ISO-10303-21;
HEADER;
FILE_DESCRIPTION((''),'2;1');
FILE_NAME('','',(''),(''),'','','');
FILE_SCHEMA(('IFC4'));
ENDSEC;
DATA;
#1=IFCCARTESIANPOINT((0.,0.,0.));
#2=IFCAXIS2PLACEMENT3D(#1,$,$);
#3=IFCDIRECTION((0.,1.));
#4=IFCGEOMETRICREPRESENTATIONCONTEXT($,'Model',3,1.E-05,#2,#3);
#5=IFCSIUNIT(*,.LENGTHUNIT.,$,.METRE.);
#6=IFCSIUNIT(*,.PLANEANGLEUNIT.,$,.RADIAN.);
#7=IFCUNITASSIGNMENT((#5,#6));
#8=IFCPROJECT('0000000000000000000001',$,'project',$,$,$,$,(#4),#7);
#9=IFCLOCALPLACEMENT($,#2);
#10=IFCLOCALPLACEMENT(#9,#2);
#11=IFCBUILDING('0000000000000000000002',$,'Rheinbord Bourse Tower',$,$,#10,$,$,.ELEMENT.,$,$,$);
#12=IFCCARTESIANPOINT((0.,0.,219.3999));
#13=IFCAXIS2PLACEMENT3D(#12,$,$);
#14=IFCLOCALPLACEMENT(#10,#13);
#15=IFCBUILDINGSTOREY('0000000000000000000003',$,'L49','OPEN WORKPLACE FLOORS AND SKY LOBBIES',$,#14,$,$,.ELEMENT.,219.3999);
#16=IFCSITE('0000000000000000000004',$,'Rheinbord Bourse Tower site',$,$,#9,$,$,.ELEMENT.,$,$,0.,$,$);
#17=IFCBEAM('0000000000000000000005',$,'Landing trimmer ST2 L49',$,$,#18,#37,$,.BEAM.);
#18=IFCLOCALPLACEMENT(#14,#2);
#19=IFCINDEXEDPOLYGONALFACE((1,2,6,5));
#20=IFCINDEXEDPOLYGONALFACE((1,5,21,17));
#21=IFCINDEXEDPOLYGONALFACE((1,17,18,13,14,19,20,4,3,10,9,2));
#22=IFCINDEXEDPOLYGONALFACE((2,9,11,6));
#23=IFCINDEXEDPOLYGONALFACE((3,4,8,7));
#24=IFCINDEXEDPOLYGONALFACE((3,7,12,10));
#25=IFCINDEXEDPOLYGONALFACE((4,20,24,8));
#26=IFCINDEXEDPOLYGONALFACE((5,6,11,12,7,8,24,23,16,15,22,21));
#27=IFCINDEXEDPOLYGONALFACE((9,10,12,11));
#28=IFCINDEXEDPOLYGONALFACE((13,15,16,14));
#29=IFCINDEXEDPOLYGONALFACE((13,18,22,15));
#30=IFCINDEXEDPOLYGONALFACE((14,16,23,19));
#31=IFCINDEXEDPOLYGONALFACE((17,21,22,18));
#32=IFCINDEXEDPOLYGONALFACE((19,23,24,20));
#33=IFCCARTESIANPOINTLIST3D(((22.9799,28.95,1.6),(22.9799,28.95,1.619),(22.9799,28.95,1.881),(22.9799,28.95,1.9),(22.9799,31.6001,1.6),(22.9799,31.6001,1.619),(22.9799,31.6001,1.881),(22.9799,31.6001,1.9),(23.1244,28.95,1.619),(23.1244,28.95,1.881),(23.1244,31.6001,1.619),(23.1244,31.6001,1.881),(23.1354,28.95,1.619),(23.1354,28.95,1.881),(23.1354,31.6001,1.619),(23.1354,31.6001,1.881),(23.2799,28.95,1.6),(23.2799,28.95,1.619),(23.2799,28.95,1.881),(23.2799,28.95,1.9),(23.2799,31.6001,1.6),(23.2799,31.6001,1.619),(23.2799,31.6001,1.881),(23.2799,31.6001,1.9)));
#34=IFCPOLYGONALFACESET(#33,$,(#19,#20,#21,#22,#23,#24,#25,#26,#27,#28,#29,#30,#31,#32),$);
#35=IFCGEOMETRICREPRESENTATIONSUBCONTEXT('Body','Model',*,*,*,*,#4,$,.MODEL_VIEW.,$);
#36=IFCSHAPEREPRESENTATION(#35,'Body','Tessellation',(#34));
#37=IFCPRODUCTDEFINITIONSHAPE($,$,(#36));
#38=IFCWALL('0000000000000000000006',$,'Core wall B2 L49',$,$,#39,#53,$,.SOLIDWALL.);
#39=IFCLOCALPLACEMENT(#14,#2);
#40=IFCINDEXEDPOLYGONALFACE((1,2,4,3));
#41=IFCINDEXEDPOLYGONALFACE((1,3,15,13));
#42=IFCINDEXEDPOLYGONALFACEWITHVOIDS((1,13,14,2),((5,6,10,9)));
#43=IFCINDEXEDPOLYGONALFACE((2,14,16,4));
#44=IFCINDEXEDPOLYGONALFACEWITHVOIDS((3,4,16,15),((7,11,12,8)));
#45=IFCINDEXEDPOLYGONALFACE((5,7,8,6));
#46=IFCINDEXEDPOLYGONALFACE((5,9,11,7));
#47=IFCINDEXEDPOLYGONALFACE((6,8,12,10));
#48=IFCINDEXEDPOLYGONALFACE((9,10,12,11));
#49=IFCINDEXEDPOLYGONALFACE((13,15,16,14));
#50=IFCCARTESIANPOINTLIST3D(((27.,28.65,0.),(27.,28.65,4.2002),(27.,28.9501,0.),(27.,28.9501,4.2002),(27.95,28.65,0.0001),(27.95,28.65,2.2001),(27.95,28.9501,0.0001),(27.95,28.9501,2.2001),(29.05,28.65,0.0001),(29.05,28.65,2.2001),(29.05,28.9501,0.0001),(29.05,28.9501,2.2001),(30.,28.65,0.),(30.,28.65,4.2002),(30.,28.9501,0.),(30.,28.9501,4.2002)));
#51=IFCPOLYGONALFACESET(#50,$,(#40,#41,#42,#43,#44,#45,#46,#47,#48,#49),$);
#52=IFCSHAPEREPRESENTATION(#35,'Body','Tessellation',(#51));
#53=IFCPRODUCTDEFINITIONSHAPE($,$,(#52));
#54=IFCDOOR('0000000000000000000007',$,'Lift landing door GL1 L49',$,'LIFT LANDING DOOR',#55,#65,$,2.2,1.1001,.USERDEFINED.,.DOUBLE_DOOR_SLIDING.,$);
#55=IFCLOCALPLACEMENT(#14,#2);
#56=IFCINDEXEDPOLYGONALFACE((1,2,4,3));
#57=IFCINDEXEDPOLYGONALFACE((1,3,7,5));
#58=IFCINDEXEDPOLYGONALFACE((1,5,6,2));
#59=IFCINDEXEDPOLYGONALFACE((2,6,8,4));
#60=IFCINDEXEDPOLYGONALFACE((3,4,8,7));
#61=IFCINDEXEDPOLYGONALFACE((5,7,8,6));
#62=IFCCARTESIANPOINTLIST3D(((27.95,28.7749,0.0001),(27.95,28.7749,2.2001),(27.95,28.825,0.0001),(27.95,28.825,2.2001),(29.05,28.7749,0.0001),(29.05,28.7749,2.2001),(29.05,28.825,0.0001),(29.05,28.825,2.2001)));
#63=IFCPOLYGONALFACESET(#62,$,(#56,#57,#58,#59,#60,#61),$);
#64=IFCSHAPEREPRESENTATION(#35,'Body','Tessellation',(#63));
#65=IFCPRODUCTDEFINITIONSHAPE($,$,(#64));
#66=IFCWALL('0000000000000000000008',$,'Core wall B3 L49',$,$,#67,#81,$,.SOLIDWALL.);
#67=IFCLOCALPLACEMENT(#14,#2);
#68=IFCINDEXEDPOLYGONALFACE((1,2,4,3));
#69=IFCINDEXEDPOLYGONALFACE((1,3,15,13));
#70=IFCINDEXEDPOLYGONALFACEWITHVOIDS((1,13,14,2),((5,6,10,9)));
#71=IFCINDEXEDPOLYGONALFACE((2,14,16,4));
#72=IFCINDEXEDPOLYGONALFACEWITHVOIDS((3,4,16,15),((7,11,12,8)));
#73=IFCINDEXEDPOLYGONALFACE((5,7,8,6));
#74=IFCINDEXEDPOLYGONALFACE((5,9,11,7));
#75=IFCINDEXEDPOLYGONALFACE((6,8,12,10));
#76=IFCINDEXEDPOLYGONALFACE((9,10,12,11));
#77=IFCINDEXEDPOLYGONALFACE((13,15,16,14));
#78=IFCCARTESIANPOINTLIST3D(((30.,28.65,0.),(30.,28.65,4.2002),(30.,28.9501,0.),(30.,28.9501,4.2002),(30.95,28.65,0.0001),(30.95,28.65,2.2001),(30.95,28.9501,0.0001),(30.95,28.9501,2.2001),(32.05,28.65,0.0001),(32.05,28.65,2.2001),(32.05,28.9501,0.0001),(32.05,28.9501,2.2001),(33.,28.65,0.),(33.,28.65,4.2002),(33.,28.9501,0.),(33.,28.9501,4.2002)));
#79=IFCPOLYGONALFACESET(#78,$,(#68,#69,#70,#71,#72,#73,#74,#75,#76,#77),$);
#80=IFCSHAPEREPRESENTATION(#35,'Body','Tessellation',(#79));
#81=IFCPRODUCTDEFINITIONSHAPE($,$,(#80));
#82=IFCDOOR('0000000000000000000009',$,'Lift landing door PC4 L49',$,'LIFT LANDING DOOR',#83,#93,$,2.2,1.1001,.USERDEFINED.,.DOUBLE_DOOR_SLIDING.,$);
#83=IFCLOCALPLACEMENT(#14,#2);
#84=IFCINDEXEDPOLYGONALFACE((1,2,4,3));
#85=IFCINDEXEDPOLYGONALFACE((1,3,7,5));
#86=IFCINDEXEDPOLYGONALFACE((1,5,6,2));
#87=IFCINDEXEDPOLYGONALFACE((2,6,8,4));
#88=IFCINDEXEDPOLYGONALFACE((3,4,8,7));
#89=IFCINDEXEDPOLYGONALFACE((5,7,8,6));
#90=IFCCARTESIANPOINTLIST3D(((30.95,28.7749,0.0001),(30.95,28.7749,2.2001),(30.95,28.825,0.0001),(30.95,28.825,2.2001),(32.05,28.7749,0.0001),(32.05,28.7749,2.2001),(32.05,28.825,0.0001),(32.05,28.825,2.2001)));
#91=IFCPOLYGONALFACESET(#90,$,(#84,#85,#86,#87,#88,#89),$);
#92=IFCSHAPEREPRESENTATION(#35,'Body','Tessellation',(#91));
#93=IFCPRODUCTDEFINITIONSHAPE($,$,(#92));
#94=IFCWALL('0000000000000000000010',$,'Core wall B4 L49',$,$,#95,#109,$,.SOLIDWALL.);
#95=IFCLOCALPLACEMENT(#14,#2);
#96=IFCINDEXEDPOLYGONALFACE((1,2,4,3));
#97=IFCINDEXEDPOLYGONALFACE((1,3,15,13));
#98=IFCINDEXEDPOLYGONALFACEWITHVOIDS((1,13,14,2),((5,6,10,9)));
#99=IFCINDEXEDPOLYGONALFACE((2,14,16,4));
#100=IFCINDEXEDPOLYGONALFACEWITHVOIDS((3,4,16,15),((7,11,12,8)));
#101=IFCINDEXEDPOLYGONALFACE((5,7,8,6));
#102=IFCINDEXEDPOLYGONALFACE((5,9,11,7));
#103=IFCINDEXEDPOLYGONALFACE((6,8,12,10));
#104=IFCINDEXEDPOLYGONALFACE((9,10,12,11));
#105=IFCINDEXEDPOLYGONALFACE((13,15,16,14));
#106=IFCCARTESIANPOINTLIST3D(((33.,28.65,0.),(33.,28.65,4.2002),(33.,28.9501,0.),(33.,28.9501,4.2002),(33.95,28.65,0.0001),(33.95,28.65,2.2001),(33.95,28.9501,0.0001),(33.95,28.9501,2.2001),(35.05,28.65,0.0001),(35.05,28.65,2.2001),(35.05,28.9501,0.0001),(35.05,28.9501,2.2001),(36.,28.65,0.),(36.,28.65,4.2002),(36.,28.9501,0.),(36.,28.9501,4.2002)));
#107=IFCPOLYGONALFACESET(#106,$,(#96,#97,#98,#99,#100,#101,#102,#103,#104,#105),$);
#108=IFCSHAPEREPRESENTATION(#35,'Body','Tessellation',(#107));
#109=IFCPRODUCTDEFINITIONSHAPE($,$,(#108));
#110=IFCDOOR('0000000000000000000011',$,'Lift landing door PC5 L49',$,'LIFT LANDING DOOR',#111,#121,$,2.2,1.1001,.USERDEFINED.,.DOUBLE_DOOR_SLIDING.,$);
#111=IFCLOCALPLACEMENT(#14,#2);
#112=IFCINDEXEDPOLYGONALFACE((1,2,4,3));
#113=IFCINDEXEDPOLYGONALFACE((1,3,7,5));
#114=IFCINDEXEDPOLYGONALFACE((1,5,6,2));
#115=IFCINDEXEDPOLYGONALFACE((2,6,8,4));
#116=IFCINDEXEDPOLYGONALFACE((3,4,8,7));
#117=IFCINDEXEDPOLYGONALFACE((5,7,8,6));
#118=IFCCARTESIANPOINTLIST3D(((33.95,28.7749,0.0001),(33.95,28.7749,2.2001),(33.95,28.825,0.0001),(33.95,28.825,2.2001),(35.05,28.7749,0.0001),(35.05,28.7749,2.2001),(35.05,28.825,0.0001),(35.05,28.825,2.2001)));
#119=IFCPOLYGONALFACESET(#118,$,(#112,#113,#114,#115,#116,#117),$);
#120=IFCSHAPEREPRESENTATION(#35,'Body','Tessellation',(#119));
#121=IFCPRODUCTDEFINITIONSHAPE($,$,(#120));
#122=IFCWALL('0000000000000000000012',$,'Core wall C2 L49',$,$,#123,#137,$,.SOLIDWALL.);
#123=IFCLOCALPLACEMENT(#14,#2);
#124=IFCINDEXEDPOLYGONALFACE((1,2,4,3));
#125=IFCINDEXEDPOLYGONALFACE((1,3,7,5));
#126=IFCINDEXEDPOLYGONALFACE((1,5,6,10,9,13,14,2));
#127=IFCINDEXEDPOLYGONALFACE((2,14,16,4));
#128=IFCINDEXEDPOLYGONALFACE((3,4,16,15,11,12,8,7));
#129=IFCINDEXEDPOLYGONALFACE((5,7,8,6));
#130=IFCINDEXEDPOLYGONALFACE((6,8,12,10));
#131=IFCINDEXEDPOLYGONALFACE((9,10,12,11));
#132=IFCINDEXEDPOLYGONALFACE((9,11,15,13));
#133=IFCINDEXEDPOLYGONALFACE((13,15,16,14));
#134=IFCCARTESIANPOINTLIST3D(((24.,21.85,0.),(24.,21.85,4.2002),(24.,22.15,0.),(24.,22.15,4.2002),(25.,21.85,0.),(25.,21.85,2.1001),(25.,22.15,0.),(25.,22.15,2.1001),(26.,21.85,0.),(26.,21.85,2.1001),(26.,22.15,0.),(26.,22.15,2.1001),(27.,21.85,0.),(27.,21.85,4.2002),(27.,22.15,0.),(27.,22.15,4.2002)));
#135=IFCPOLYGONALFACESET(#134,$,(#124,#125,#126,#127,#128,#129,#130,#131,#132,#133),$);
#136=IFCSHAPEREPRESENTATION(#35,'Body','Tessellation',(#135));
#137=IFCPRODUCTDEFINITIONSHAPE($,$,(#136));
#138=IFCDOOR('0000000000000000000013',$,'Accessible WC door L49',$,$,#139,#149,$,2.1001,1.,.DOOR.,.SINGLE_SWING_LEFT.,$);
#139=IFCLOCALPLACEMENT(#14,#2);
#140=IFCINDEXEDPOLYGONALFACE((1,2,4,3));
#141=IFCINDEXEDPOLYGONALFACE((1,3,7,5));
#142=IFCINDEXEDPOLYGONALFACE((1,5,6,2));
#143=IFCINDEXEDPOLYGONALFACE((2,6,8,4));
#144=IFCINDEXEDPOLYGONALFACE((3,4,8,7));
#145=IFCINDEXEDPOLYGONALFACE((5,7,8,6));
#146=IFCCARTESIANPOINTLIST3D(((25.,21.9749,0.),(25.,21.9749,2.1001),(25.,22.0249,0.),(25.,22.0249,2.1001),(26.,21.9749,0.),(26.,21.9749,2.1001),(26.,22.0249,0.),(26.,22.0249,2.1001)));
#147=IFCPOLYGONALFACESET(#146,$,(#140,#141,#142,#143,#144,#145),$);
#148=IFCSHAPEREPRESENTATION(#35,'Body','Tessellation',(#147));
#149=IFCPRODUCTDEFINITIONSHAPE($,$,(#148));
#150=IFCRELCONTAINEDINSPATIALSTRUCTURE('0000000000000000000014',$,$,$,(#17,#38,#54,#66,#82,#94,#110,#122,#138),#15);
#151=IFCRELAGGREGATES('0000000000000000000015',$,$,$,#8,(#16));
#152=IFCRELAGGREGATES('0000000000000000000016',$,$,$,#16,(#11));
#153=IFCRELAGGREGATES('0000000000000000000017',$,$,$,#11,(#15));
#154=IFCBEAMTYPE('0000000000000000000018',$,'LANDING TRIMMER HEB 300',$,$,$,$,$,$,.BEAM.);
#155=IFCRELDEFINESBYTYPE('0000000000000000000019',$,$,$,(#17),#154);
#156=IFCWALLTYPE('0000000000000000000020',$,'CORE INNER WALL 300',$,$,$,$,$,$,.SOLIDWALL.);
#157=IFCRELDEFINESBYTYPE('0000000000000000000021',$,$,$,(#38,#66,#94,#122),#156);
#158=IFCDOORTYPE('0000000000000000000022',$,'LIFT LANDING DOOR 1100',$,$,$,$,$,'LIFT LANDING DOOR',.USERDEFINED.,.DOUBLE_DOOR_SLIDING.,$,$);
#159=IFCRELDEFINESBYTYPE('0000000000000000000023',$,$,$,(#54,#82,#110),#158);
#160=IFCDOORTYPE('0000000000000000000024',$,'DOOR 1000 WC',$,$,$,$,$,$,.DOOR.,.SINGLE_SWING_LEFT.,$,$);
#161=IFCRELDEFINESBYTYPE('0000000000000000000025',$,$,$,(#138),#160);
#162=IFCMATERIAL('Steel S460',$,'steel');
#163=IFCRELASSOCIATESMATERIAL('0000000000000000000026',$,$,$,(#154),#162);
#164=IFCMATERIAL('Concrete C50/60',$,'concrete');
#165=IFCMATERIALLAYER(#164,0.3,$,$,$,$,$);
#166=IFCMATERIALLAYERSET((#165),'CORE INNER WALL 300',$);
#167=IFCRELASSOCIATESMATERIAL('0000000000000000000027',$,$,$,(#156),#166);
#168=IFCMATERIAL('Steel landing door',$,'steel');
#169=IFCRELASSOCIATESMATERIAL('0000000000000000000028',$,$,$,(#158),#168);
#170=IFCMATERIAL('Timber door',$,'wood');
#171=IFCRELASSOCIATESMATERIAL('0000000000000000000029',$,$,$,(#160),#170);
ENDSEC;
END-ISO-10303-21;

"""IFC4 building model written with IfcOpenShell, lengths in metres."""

from ifc_helpers import new_model, si_unit, direction, frame, frame_2d, origin, origin_2d, place, context, subcontext, project, spatial, rectangle, i_section, extrude, material, layer, layer_set, material_profile, profile_set, type_object, element, fill, save


model = new_model("IFC4")

# Units and contexts
model_context = context("Model", 3, precision=1e-05, world=origin(), true_north=direction((0.0, 1.0)))
body_context = subcontext(model_context, "Body", "Model", "MODEL_VIEW")
ifc_project = project(units=[si_unit("LENGTHUNIT", "METRE"), si_unit("PLANEANGLEUNIT", "RADIAN")], contexts=[model_context])

# Site, building, storey
site_placement = place(None, origin())
site = spatial("IfcSite", under=ifc_project, at=site_placement, Name="Rheinbord Bourse Tower site", CompositionType="ELEMENT", RefElevation=0.0)
building_placement = place(site_placement, origin())
building = spatial("IfcBuilding", under=site, at=building_placement, Name="Rheinbord Bourse Tower", CompositionType="ELEMENT")
storey_placement = place(building_placement, frame((0.0, 0.0, 219.3999)))
storey = spatial("IfcBuildingStorey", under=building, at=storey_placement, Name="L49", Description="OPEN WORKPLACE FLOORS AND SKY LOBBIES", CompositionType="ELEMENT", Elevation=219.3999)

# Beam
ifc_material_1 = material(Name="Steel S460", Category="steel")
ifc_material_profile = material_profile(ifc_material_1, i_section(OverallWidth=0.3, OverallDepth=0.3, WebThickness=0.011, FlangeThickness=0.019, at=origin_2d()), Name="HEB 300")
ifc_profile_set = profile_set([ifc_material_profile], Name="Steel S460")
beam_type = type_object("IfcBeamType", Name="LANDING TRIMMER HEB 300", PredefinedType="BEAM", material=ifc_profile_set)
beam_placement = place(storey_placement, frame((23.1299, 28.95, 1.75), z_axis=(0.0, 1.0, 0.0), x_axis=(-1.0, 0.0, 0.0)))
element("IfcBeam", 1, at=beam_placement, inside=storey, type_object=beam_type, Name="Landing trimmer ST2 L49", PredefinedType="BEAM", context=body_context, shape_type="SweptSolid", body=[
    extrude(i_section(OverallWidth=0.3, OverallDepth=0.3, WebThickness=0.011, FlangeThickness=0.019, at=origin_2d()), origin(), (0.0, 0.0, 1.0), 2.6501),
])

# Walls, openings, doors
ifc_material_2 = material(Name="Concrete C50/60", Category="concrete")
ifc_layer_1 = layer(ifc_material_2, 0.3)
ifc_layer_set_1 = layer_set([ifc_layer_1], Name="CORE INNER WALL 300")
wall_type_1 = type_object("IfcWallType", Name="CORE INNER WALL 300", PredefinedType="SOLIDWALL", material=ifc_layer_set_1)
wall_1_placement = place(storey_placement, frame((27.0, 28.8, 0.0), z_axis=(0.0, 0.0, 1.0), x_axis=(1.0, 0.0, 0.0)))
wall_1 = element("IfcWall", 2, at=wall_1_placement, inside=storey, type_object=wall_type_1, Name="Core wall B2 L49", PredefinedType="SOLIDWALL", context=body_context, shape_type="SweptSolid", body=[
    extrude(rectangle(XDim=3.0, YDim=0.3, at=frame_2d((1.5, 0.0))), origin(), (0.0, 0.0, 1.0), 4.2002),
])
opening_1_placement = place(wall_1_placement, frame((0.95, 0.0, 0.0)))
opening_1 = element("IfcOpeningElement", 3, at=opening_1_placement, cuts=wall_1, PredefinedType="OPENING", context=body_context, shape_type="SweptSolid", body=[
    extrude(rectangle(XDim=1.1001, YDim=2.2, at=frame_2d((0.55, 1.1001))), frame((0.0, 0.1599, 0.0), z_axis=(0.0, -1.0, 0.0), x_axis=(1.0, 0.0, 0.0)), (0.0, 0.0, 1.0), 0.3201),
])
ifc_material_3 = material(Name="Steel landing door", Category="steel")
door_type_1 = type_object("IfcDoorType", Name="LIFT LANDING DOOR 1100", ElementType="LIFT LANDING DOOR", OperationType="DOUBLE_DOOR_SLIDING", PredefinedType="USERDEFINED", material=ifc_material_3)
door_1_placement = place(opening_1_placement, origin())
door_1 = element("IfcDoor", 4, at=door_1_placement, inside=storey, type_object=door_type_1, Name="Lift landing door GL1 L49", ObjectType="LIFT LANDING DOOR", OperationType="DOUBLE_DOOR_SLIDING", OverallHeight=2.2, OverallWidth=1.1001, PredefinedType="USERDEFINED", context=body_context, shape_type="SweptSolid", body=[
    extrude(rectangle(XDim=1.1001, YDim=2.2, at=frame_2d((0.55, 1.1001))), frame((0.0, 0.0249, 0.0), z_axis=(0.0, -1.0, 0.0), x_axis=(1.0, 0.0, 0.0)), (0.0, 0.0, 1.0), 0.05),
])
fill(opening_1, door_1)
wall_2_placement = place(storey_placement, frame((30.0, 28.8, 0.0), z_axis=(0.0, 0.0, 1.0), x_axis=(1.0, 0.0, 0.0)))
wall_2 = element("IfcWall", 5, at=wall_2_placement, inside=storey, type_object=wall_type_1, Name="Core wall B3 L49", PredefinedType="SOLIDWALL", context=body_context, shape_type="SweptSolid", body=[
    extrude(rectangle(XDim=3.0, YDim=0.3, at=frame_2d((1.5, 0.0))), origin(), (0.0, 0.0, 1.0), 4.2002),
])
opening_2_placement = place(wall_2_placement, frame((0.95, 0.0, 0.0)))
opening_2 = element("IfcOpeningElement", 6, at=opening_2_placement, cuts=wall_2, PredefinedType="OPENING", context=body_context, shape_type="SweptSolid", body=[
    extrude(rectangle(XDim=1.1001, YDim=2.2, at=frame_2d((0.55, 1.1001))), frame((0.0, 0.1599, 0.0), z_axis=(0.0, -1.0, 0.0), x_axis=(1.0, 0.0, 0.0)), (0.0, 0.0, 1.0), 0.3201),
])
door_2_placement = place(opening_2_placement, origin())
door_2 = element("IfcDoor", 7, at=door_2_placement, inside=storey, type_object=door_type_1, Name="Lift landing door PC4 L49", ObjectType="LIFT LANDING DOOR", OperationType="DOUBLE_DOOR_SLIDING", OverallHeight=2.2, OverallWidth=1.1001, PredefinedType="USERDEFINED", context=body_context, shape_type="SweptSolid", body=[
    extrude(rectangle(XDim=1.1001, YDim=2.2, at=frame_2d((0.55, 1.1001))), frame((0.0, 0.0249, 0.0), z_axis=(0.0, -1.0, 0.0), x_axis=(1.0, 0.0, 0.0)), (0.0, 0.0, 1.0), 0.05),
])
fill(opening_2, door_2)
wall_3_placement = place(storey_placement, frame((33.0, 28.8, 0.0), z_axis=(0.0, 0.0, 1.0), x_axis=(1.0, 0.0, 0.0)))
wall_3 = element("IfcWall", 8, at=wall_3_placement, inside=storey, type_object=wall_type_1, Name="Core wall B4 L49", PredefinedType="SOLIDWALL", context=body_context, shape_type="SweptSolid", body=[
    extrude(rectangle(XDim=3.0, YDim=0.3, at=frame_2d((1.5, 0.0))), origin(), (0.0, 0.0, 1.0), 4.2002),
])
opening_3_placement = place(wall_3_placement, frame((0.95, 0.0, 0.0)))
opening_3 = element("IfcOpeningElement", 9, at=opening_3_placement, cuts=wall_3, PredefinedType="OPENING", context=body_context, shape_type="SweptSolid", body=[
    extrude(rectangle(XDim=1.1001, YDim=2.2, at=frame_2d((0.55, 1.1001))), frame((0.0, 0.1599, 0.0), z_axis=(0.0, -1.0, 0.0), x_axis=(1.0, 0.0, 0.0)), (0.0, 0.0, 1.0), 0.3201),
])
door_3_placement = place(opening_3_placement, origin())
door_3 = element("IfcDoor", 10, at=door_3_placement, inside=storey, type_object=door_type_1, Name="Lift landing door PC5 L49", ObjectType="LIFT LANDING DOOR", OperationType="DOUBLE_DOOR_SLIDING", OverallHeight=2.2, OverallWidth=1.1001, PredefinedType="USERDEFINED", context=body_context, shape_type="SweptSolid", body=[
    extrude(rectangle(XDim=1.1001, YDim=2.2, at=frame_2d((0.55, 1.1001))), frame((0.0, 0.0249, 0.0), z_axis=(0.0, -1.0, 0.0), x_axis=(1.0, 0.0, 0.0)), (0.0, 0.0, 1.0), 0.05),
])
fill(opening_3, door_3)
wall_4_placement = place(storey_placement, frame((24.0, 22.0, 0.0), z_axis=(0.0, 0.0, 1.0), x_axis=(1.0, 0.0, 0.0)))
wall_4 = element("IfcWall", 11, at=wall_4_placement, inside=storey, type_object=wall_type_1, Name="Core wall C2 L49", PredefinedType="SOLIDWALL", context=body_context, shape_type="SweptSolid", body=[
    extrude(rectangle(XDim=3.0, YDim=0.3, at=frame_2d((1.5, 0.0))), origin(), (0.0, 0.0, 1.0), 4.2002),
])
opening_4_placement = place(wall_4_placement, frame((1.0, 0.0, 0.0)))
opening_4 = element("IfcOpeningElement", 12, at=opening_4_placement, cuts=wall_4, PredefinedType="OPENING", context=body_context, shape_type="SweptSolid", body=[
    extrude(rectangle(XDim=1.0, YDim=2.1001, at=frame_2d((0.5, 1.05))), frame((0.0, 0.1599, 0.0), z_axis=(0.0, -1.0, 0.0), x_axis=(1.0, 0.0, 0.0)), (0.0, 0.0, 1.0), 0.3201),
])
ifc_material_4 = material(Name="Timber door", Category="wood")
door_type_2 = type_object("IfcDoorType", Name="DOOR 1000 WC", OperationType="SINGLE_SWING_LEFT", PredefinedType="DOOR", material=ifc_material_4)
door_4_placement = place(opening_4_placement, origin())
door_4 = element("IfcDoor", 13, at=door_4_placement, inside=storey, type_object=door_type_2, Name="Accessible WC door L49", OperationType="SINGLE_SWING_LEFT", OverallHeight=2.1001, OverallWidth=1.0, PredefinedType="DOOR", context=body_context, shape_type="SweptSolid", body=[
    extrude(rectangle(XDim=1.0, YDim=2.1001, at=frame_2d((0.5, 1.05))), frame((0.0, 0.0249, 0.0), z_axis=(0.0, -1.0, 0.0), x_axis=(1.0, 0.0, 0.0)), (0.0, 0.0, 1.0), 0.05),
])
fill(opening_4, door_4)

save(model, "model.ifc")
